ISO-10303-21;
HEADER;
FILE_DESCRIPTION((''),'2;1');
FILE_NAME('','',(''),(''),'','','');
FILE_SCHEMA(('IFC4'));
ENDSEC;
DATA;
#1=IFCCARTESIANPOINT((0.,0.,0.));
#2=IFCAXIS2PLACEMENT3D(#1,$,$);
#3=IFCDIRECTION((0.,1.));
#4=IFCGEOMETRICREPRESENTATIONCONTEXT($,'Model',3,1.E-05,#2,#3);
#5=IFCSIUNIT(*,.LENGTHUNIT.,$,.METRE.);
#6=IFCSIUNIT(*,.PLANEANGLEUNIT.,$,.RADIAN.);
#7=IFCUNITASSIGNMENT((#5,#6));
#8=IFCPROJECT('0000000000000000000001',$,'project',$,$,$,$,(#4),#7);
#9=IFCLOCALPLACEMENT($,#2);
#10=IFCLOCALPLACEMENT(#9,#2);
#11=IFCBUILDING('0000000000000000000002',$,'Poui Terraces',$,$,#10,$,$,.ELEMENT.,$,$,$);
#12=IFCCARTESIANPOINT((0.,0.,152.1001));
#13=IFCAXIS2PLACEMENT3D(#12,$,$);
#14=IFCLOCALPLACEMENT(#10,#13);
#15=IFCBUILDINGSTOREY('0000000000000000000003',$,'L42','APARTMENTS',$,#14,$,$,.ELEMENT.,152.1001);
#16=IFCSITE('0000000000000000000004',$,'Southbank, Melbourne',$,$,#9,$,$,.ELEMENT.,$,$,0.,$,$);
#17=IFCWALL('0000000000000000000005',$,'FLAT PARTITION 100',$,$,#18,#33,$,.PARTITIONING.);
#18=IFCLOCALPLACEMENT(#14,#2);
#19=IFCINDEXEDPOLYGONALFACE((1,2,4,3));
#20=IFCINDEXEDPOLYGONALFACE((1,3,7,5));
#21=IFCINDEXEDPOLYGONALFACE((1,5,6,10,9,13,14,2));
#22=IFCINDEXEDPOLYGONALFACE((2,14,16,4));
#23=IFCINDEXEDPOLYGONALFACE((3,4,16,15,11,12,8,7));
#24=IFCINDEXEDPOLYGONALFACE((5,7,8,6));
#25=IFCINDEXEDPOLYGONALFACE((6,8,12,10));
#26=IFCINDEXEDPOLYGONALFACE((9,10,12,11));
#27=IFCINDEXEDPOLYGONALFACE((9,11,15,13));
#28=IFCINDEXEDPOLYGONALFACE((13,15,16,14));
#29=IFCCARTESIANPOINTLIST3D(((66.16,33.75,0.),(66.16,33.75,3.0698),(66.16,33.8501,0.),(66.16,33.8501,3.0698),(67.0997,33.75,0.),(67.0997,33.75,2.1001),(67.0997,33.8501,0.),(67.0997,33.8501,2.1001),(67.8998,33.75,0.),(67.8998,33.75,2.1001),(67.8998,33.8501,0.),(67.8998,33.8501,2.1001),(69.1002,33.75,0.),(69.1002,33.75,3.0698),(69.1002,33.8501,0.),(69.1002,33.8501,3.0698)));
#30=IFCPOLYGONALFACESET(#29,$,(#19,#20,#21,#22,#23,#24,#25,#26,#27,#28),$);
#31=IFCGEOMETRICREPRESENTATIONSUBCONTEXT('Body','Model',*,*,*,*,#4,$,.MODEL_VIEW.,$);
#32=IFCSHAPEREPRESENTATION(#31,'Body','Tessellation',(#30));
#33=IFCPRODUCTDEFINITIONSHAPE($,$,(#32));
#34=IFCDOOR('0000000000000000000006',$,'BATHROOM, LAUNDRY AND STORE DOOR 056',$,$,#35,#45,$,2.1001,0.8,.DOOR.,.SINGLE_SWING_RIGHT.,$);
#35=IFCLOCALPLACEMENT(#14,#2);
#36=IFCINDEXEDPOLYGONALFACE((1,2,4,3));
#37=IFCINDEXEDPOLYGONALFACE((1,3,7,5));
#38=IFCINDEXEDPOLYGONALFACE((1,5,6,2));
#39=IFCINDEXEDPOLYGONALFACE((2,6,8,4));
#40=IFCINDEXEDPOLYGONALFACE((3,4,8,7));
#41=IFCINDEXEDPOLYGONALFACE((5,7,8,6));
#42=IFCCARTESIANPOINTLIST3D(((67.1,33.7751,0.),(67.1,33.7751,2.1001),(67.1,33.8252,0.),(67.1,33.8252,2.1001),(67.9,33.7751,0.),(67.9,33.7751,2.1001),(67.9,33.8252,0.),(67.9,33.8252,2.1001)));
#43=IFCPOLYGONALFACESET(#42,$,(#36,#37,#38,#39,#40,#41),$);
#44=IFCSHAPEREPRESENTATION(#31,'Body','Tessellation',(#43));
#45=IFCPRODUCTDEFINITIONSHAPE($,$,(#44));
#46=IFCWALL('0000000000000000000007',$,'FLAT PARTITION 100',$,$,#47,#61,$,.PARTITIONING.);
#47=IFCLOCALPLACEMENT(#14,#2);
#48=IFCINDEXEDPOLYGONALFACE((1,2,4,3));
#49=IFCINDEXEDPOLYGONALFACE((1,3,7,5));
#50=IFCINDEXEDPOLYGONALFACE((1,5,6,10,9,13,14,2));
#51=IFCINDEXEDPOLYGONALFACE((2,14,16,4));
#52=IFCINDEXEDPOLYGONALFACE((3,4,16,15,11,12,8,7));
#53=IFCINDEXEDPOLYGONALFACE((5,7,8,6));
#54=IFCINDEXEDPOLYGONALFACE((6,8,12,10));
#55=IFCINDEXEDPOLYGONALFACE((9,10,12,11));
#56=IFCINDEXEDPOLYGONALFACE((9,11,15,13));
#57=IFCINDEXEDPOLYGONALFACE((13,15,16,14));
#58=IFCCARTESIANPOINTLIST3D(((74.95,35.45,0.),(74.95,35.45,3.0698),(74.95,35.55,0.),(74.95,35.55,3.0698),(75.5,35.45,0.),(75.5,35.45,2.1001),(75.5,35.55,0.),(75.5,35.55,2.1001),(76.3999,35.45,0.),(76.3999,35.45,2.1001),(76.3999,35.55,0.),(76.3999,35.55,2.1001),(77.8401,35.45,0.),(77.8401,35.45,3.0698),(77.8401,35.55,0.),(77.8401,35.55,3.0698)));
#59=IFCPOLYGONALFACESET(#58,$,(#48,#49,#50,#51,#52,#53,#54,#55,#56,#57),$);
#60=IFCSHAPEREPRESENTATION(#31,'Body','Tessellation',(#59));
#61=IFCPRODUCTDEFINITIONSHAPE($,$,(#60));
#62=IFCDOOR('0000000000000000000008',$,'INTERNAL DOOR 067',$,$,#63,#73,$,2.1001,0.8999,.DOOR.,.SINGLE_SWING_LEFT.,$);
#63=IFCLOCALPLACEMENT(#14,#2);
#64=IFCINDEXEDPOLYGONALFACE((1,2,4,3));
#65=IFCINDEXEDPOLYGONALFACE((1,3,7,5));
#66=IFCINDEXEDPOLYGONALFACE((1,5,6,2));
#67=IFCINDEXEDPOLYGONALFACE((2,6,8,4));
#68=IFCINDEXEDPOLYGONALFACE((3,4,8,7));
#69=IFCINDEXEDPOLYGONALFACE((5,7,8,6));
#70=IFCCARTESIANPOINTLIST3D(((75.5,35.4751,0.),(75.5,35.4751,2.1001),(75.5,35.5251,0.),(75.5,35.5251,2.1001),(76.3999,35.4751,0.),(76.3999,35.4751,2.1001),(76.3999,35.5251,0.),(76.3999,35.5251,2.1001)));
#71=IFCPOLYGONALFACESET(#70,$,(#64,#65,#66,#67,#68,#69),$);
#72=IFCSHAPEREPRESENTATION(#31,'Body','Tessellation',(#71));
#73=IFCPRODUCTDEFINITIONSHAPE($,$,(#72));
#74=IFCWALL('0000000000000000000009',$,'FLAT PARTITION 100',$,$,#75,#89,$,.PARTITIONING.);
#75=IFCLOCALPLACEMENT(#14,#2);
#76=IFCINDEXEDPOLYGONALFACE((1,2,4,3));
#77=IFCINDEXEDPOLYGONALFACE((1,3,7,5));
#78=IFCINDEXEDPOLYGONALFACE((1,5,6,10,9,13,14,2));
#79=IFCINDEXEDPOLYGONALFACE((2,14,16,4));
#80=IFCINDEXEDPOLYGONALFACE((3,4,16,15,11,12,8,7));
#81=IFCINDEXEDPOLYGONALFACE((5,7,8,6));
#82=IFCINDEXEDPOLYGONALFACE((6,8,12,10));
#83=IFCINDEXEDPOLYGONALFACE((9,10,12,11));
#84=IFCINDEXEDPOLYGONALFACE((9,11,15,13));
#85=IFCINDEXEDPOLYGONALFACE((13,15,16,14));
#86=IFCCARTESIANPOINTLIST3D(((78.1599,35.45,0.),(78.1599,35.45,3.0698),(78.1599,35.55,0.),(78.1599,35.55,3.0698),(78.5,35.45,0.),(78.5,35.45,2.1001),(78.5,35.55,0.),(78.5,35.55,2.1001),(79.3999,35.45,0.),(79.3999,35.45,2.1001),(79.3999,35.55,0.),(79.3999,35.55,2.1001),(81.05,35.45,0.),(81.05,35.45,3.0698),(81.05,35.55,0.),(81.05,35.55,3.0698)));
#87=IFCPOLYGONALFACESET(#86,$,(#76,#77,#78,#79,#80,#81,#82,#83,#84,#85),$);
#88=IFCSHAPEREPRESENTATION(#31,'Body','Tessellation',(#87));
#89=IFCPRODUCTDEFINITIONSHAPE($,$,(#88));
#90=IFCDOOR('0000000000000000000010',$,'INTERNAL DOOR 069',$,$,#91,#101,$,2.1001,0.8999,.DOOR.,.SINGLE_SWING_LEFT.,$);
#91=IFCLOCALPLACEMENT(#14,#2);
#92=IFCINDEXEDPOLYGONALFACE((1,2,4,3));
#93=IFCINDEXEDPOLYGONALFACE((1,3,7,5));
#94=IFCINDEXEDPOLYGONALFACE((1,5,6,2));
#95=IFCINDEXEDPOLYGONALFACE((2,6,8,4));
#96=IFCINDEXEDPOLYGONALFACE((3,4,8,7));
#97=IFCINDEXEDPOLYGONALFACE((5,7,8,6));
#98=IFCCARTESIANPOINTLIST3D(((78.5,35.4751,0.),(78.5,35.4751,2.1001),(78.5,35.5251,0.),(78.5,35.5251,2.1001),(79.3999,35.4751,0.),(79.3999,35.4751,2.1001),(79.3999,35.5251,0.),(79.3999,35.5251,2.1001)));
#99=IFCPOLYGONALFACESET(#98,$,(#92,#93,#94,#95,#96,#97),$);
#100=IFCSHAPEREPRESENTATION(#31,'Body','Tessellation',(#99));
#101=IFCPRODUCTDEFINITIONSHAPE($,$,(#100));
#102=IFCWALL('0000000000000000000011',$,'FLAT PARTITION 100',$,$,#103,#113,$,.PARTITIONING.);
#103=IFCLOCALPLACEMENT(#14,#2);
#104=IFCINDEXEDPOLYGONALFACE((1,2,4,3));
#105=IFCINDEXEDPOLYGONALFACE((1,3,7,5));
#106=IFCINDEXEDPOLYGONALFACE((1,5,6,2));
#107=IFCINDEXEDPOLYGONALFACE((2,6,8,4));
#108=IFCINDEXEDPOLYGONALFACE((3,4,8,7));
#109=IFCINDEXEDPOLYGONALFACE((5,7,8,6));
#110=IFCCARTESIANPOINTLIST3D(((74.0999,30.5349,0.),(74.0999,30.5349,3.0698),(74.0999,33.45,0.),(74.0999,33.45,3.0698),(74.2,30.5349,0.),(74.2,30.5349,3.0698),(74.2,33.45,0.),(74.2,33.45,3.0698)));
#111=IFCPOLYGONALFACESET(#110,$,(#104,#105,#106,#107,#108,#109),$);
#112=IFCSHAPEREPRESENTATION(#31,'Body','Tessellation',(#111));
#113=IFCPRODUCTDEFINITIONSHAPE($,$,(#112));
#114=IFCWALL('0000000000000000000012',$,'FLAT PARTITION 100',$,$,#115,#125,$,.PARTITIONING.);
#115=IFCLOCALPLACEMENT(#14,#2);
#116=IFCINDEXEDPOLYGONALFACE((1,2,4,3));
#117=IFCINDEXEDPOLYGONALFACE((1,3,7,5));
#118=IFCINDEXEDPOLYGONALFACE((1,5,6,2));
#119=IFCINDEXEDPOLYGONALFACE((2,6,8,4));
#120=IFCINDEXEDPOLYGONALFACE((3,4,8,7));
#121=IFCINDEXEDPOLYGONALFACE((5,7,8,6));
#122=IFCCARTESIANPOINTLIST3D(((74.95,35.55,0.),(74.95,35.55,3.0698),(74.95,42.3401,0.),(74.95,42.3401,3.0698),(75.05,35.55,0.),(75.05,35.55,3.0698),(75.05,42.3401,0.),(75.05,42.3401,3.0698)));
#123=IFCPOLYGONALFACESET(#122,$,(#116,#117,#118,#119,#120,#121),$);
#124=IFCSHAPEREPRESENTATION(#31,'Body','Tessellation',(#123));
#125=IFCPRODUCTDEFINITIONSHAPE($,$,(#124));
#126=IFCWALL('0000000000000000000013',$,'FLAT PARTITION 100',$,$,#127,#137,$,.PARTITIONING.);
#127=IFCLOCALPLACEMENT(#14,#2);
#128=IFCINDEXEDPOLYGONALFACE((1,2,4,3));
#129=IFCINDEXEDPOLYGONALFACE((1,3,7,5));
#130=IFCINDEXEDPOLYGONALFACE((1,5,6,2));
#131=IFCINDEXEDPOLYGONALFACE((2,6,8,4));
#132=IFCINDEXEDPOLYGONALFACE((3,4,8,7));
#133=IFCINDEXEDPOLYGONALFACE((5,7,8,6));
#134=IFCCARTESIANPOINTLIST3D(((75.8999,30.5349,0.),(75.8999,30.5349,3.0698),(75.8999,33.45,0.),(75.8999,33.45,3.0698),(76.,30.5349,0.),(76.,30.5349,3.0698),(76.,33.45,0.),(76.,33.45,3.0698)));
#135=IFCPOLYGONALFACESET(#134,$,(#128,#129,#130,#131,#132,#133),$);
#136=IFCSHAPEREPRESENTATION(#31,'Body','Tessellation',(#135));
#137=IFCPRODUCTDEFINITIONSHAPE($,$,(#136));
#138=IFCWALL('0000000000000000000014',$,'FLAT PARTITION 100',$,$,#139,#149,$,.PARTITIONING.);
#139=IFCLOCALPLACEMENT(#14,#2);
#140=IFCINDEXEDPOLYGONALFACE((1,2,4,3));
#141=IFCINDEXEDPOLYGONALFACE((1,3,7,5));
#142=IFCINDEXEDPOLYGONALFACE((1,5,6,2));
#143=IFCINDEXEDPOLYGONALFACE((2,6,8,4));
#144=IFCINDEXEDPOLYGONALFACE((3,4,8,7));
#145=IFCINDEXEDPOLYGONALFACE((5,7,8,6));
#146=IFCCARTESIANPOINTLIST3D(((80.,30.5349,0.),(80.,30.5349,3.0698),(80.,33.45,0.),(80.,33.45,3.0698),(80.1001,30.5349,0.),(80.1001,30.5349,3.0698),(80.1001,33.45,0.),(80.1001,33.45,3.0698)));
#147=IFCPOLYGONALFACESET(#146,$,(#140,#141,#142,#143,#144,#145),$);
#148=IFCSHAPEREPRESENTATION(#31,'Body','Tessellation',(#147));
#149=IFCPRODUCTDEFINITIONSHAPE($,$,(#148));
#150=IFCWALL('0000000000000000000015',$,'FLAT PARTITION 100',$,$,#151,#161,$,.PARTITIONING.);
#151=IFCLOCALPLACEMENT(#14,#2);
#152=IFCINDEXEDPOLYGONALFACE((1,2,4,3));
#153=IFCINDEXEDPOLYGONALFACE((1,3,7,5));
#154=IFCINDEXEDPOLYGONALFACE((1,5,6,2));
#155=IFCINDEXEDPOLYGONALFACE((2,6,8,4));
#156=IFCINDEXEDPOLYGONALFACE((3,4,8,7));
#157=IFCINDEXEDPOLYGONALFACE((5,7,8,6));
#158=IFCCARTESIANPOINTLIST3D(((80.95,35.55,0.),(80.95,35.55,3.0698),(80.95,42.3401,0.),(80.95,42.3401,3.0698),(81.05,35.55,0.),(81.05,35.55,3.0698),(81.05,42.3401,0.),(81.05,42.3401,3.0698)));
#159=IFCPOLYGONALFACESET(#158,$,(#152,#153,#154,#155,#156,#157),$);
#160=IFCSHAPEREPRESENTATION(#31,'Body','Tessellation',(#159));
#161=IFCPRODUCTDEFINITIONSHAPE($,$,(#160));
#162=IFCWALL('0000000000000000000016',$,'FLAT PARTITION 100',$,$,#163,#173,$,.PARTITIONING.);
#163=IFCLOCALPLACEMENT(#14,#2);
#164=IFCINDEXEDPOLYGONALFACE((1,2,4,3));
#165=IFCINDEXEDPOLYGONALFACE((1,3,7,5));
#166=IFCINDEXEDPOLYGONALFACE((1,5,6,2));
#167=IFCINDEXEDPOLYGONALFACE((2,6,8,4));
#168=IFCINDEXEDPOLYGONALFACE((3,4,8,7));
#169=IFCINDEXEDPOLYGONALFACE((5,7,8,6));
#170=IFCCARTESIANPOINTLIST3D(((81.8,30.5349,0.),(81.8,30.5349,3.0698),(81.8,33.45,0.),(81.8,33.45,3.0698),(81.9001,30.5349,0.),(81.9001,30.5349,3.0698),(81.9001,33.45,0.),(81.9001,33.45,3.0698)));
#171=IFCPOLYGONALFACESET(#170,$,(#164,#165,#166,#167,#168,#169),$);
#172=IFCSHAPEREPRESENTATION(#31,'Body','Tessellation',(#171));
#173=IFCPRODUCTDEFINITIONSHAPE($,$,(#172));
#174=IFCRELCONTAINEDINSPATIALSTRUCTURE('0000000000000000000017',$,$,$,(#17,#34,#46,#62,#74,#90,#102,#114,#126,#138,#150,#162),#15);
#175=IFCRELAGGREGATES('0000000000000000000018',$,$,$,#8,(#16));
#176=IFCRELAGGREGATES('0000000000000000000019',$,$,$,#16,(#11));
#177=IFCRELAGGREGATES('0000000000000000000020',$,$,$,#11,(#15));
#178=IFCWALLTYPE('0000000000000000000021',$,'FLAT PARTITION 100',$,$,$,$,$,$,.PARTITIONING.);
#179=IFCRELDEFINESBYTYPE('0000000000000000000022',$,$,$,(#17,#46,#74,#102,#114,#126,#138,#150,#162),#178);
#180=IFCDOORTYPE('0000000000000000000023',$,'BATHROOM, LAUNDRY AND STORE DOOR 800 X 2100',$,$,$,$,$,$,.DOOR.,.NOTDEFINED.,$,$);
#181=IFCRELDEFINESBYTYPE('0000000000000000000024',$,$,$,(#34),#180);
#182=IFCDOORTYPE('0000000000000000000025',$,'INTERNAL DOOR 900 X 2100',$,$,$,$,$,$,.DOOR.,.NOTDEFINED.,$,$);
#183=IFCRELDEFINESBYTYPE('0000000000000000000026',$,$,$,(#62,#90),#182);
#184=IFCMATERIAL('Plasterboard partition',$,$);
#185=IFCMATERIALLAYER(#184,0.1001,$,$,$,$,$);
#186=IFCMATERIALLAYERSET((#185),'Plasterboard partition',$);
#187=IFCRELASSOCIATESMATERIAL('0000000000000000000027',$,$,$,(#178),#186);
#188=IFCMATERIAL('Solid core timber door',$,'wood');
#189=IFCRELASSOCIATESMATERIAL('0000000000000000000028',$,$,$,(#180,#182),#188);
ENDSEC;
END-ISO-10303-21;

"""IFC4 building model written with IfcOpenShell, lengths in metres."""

from ifc_helpers import new_model, si_unit, direction, frame, frame_2d, origin, place, context, subcontext, project, spatial, rectangle, extrude, material, layer, layer_set, type_object, element, fill, save


model = new_model("IFC4")

# Units and contexts
model_context = context("Model", 3, precision=1e-05, world=origin(), true_north=direction((0.0, 1.0)))
body_context = subcontext(model_context, "Body", "Model", "MODEL_VIEW")
ifc_project = project(units=[si_unit("LENGTHUNIT", "METRE"), si_unit("PLANEANGLEUNIT", "RADIAN")], contexts=[model_context])

# Site, building, storey
site_placement = place(None, origin())
site = spatial("IfcSite", under=ifc_project, at=site_placement, Name="Southbank, Melbourne", CompositionType="ELEMENT", RefElevation=0.0)
building_placement = place(site_placement, origin())
building = spatial("IfcBuilding", under=site, at=building_placement, Name="Poui Terraces", CompositionType="ELEMENT")
storey_placement = place(building_placement, frame((0.0, 0.0, 152.1001)))
storey = spatial("IfcBuildingStorey", under=building, at=storey_placement, Name="L42", Description="APARTMENTS", CompositionType="ELEMENT", Elevation=152.1001)

# Walls, openings, doors
ifc_material_1 = material(Name="Plasterboard partition")
ifc_layer_1 = layer(ifc_material_1, 0.1001)
ifc_layer_set_1 = layer_set([ifc_layer_1], Name="Plasterboard partition")
wall_type_1 = type_object("IfcWallType", Name="FLAT PARTITION 100", PredefinedType="PARTITIONING", material=ifc_layer_set_1)
ifc_material_2 = material(Name="Solid core timber door", Category="wood")
door_type_1 = type_object("IfcDoorType", Name="BATHROOM, LAUNDRY AND STORE DOOR 800 X 2100", OperationType="NOTDEFINED", PredefinedType="DOOR", material=ifc_material_2)
door_type_2 = type_object("IfcDoorType", Name="INTERNAL DOOR 900 X 2100", OperationType="NOTDEFINED", PredefinedType="DOOR", material=ifc_material_2)
wall_1_placement = place(storey_placement, frame((66.1599, 33.8, 0.0), z_axis=(0.0, 0.0, 1.0), x_axis=(1.0, 0.0, 0.0)))
wall_1 = element("IfcWall", 1, at=wall_1_placement, inside=storey, type_object=wall_type_1, Name="FLAT PARTITION 100", PredefinedType="PARTITIONING", context=body_context, shape_type="SweptSolid", body=[
    extrude(rectangle(XDim=2.9402, YDim=0.1001, at=frame_2d((1.4702, 0.0))), origin(), (0.0, 0.0, 1.0), 3.0698),
])
opening_1_placement = place(wall_1_placement, frame((0.9399, 0.0, 0.0)))
opening_1 = element("IfcOpeningElement", 2, at=opening_1_placement, cuts=wall_1, PredefinedType="OPENING", context=body_context, shape_type="SweptSolid", body=[
    extrude(rectangle(XDim=0.8, YDim=2.1001, at=frame_2d((0.3999, 1.05))), frame((0.0, 0.0601, 0.0), z_axis=(0.0, -1.0, 0.0), x_axis=(1.0, 0.0, 0.0)), (0.0, 0.0, 1.0), 0.1201),
])
door_1_placement = place(opening_1_placement, frame((0.8, 0.0, 0.0), z_axis=(0.0, 0.0, 1.0), x_axis=(-1.0, 0.0, 0.0)))
door_1 = element("IfcDoor", 3, at=door_1_placement, inside=storey, type_object=door_type_1, Name="BATHROOM, LAUNDRY AND STORE DOOR 056", OperationType="SINGLE_SWING_RIGHT", OverallHeight=2.1001, OverallWidth=0.8, PredefinedType="DOOR", context=body_context, shape_type="SweptSolid", body=[
    extrude(rectangle(XDim=0.8, YDim=2.1001, at=frame_2d((0.3999, 1.05))), frame((0.0, 0.0249, 0.0), z_axis=(0.0, -1.0, 0.0), x_axis=(1.0, 0.0, 0.0)), (0.0, 0.0, 1.0), 0.05),
])
fill(opening_1, door_1)
wall_2_placement = place(storey_placement, frame((74.95, 35.5, 0.0), z_axis=(0.0, 0.0, 1.0), x_axis=(1.0, 0.0, 0.0)))
wall_2 = element("IfcWall", 4, at=wall_2_placement, inside=storey, type_object=wall_type_1, Name="FLAT PARTITION 100", PredefinedType="PARTITIONING", context=body_context, shape_type="SweptSolid", body=[
    extrude(rectangle(XDim=2.8901, YDim=0.1001, at=frame_2d((1.4451, 0.0))), origin(), (0.0, 0.0, 1.0), 3.0698),
])
opening_2_placement = place(wall_2_placement, frame((0.55, 0.0, 0.0)))
opening_2 = element("IfcOpeningElement", 5, at=opening_2_placement, cuts=wall_2, PredefinedType="OPENING", context=body_context, shape_type="SweptSolid", body=[
    extrude(rectangle(XDim=0.8999, YDim=2.1001, at=frame_2d((0.45, 1.05))), frame((0.0, 0.0601, 0.0), z_axis=(0.0, -1.0, 0.0), x_axis=(1.0, 0.0, 0.0)), (0.0, 0.0, 1.0), 0.1201),
])
door_2_placement = place(opening_2_placement, frame((0.8999, 0.0, 0.0), z_axis=(0.0, 0.0, 1.0), x_axis=(-1.0, 0.0, 0.0)))
door_2 = element("IfcDoor", 6, at=door_2_placement, inside=storey, type_object=door_type_2, Name="INTERNAL DOOR 067", OperationType="SINGLE_SWING_LEFT", OverallHeight=2.1001, OverallWidth=0.8999, PredefinedType="DOOR", context=body_context, shape_type="SweptSolid", body=[
    extrude(rectangle(XDim=0.8999, YDim=2.1001, at=frame_2d((0.45, 1.05))), frame((0.0, 0.0249, 0.0), z_axis=(0.0, -1.0, 0.0), x_axis=(1.0, 0.0, 0.0)), (0.0, 0.0, 1.0), 0.05),
])
fill(opening_2, door_2)
wall_3_placement = place(storey_placement, frame((78.1599, 35.5, 0.0), z_axis=(0.0, 0.0, 1.0), x_axis=(1.0, 0.0, 0.0)))
wall_3 = element("IfcWall", 7, at=wall_3_placement, inside=storey, type_object=wall_type_1, Name="FLAT PARTITION 100", PredefinedType="PARTITIONING", context=body_context, shape_type="SweptSolid", body=[
    extrude(rectangle(XDim=2.8901, YDim=0.1001, at=frame_2d((1.4451, 0.0))), origin(), (0.0, 0.0, 1.0), 3.0698),
])
opening_3_placement = place(wall_3_placement, frame((0.3401, 0.0, 0.0)))
opening_3 = element("IfcOpeningElement", 8, at=opening_3_placement, cuts=wall_3, PredefinedType="OPENING", context=body_context, shape_type="SweptSolid", body=[
    extrude(rectangle(XDim=0.8999, YDim=2.1001, at=frame_2d((0.45, 1.05))), frame((0.0, 0.0601, 0.0), z_axis=(0.0, -1.0, 0.0), x_axis=(1.0, 0.0, 0.0)), (0.0, 0.0, 1.0), 0.1201),
])
door_3_placement = place(opening_3_placement, frame((0.8999, 0.0, 0.0), z_axis=(0.0, 0.0, 1.0), x_axis=(-1.0, 0.0, 0.0)))
door_3 = element("IfcDoor", 9, at=door_3_placement, inside=storey, type_object=door_type_2, Name="INTERNAL DOOR 069", OperationType="SINGLE_SWING_LEFT", OverallHeight=2.1001, OverallWidth=0.8999, PredefinedType="DOOR", context=body_context, shape_type="SweptSolid", body=[
    extrude(rectangle(XDim=0.8999, YDim=2.1001, at=frame_2d((0.45, 1.05))), frame((0.0, 0.0249, 0.0), z_axis=(0.0, -1.0, 0.0), x_axis=(1.0, 0.0, 0.0)), (0.0, 0.0, 1.0), 0.05),
])
fill(opening_3, door_3)

# Walls
wall_4_placement = place(storey_placement, frame((74.1499, 30.5349, 0.0), z_axis=(0.0, 0.0, 1.0), x_axis=(0.0, 1.0, 0.0)))
element("IfcWall", 10, at=wall_4_placement, inside=storey, type_object=wall_type_1, Name="FLAT PARTITION 100", PredefinedType="PARTITIONING", context=body_context, shape_type="SweptSolid", body=[
    extrude(rectangle(XDim=2.915, YDim=0.1001, at=frame_2d((1.4575, 0.0))), origin(), (0.0, 0.0, 1.0), 3.0698),
])
wall_5_placement = place(storey_placement, frame((75.0, 35.55, 0.0), z_axis=(0.0, 0.0, 1.0), x_axis=(0.0, 1.0, 0.0)))
element("IfcWall", 11, at=wall_5_placement, inside=storey, type_object=wall_type_1, Name="FLAT PARTITION 100", PredefinedType="PARTITIONING", context=body_context, shape_type="SweptSolid", body=[
    extrude(rectangle(XDim=6.79, YDim=0.1001, at=frame_2d((3.395, 0.0))), origin(), (0.0, 0.0, 1.0), 3.0698),
])
for number, where, z_axis, x_axis, name in (
    (12, (75.95, 30.5349, 0.0), (0.0, 0.0, 1.0), (0.0, 1.0, 0.0), "FLAT PARTITION 100"),
    (13, (80.05, 30.5349, 0.0), (0.0, 0.0, 1.0), (0.0, 1.0, 0.0), "FLAT PARTITION 100"),
):
    element("IfcWall", number, at=place(storey_placement, frame(where, z_axis=z_axis, x_axis=x_axis)), inside=storey, type_object=wall_type_1, Name=name, PredefinedType="PARTITIONING", context=body_context, shape_type="SweptSolid", body=[
        extrude(rectangle(XDim=2.915, YDim=0.1001, at=frame_2d((1.4575, 0.0))), origin(), (0.0, 0.0, 1.0), 3.0698),
    ])
wall_6_placement = place(storey_placement, frame((81.0, 35.55, 0.0), z_axis=(0.0, 0.0, 1.0), x_axis=(0.0, 1.0, 0.0)))
element("IfcWall", 14, at=wall_6_placement, inside=storey, type_object=wall_type_1, Name="FLAT PARTITION 100", PredefinedType="PARTITIONING", context=body_context, shape_type="SweptSolid", body=[
    extrude(rectangle(XDim=6.79, YDim=0.1001, at=frame_2d((3.395, 0.0))), origin(), (0.0, 0.0, 1.0), 3.0698),
])
wall_7_placement = place(storey_placement, frame((81.8501, 30.5349, 0.0), z_axis=(0.0, 0.0, 1.0), x_axis=(0.0, 1.0, 0.0)))
element("IfcWall", 15, at=wall_7_placement, inside=storey, type_object=wall_type_1, Name="FLAT PARTITION 100", PredefinedType="PARTITIONING", context=body_context, shape_type="SweptSolid", body=[
    extrude(rectangle(XDim=2.915, YDim=0.1001, at=frame_2d((1.4575, 0.0))), origin(), (0.0, 0.0, 1.0), 3.0698),
])

save(model, "model.ifc")
